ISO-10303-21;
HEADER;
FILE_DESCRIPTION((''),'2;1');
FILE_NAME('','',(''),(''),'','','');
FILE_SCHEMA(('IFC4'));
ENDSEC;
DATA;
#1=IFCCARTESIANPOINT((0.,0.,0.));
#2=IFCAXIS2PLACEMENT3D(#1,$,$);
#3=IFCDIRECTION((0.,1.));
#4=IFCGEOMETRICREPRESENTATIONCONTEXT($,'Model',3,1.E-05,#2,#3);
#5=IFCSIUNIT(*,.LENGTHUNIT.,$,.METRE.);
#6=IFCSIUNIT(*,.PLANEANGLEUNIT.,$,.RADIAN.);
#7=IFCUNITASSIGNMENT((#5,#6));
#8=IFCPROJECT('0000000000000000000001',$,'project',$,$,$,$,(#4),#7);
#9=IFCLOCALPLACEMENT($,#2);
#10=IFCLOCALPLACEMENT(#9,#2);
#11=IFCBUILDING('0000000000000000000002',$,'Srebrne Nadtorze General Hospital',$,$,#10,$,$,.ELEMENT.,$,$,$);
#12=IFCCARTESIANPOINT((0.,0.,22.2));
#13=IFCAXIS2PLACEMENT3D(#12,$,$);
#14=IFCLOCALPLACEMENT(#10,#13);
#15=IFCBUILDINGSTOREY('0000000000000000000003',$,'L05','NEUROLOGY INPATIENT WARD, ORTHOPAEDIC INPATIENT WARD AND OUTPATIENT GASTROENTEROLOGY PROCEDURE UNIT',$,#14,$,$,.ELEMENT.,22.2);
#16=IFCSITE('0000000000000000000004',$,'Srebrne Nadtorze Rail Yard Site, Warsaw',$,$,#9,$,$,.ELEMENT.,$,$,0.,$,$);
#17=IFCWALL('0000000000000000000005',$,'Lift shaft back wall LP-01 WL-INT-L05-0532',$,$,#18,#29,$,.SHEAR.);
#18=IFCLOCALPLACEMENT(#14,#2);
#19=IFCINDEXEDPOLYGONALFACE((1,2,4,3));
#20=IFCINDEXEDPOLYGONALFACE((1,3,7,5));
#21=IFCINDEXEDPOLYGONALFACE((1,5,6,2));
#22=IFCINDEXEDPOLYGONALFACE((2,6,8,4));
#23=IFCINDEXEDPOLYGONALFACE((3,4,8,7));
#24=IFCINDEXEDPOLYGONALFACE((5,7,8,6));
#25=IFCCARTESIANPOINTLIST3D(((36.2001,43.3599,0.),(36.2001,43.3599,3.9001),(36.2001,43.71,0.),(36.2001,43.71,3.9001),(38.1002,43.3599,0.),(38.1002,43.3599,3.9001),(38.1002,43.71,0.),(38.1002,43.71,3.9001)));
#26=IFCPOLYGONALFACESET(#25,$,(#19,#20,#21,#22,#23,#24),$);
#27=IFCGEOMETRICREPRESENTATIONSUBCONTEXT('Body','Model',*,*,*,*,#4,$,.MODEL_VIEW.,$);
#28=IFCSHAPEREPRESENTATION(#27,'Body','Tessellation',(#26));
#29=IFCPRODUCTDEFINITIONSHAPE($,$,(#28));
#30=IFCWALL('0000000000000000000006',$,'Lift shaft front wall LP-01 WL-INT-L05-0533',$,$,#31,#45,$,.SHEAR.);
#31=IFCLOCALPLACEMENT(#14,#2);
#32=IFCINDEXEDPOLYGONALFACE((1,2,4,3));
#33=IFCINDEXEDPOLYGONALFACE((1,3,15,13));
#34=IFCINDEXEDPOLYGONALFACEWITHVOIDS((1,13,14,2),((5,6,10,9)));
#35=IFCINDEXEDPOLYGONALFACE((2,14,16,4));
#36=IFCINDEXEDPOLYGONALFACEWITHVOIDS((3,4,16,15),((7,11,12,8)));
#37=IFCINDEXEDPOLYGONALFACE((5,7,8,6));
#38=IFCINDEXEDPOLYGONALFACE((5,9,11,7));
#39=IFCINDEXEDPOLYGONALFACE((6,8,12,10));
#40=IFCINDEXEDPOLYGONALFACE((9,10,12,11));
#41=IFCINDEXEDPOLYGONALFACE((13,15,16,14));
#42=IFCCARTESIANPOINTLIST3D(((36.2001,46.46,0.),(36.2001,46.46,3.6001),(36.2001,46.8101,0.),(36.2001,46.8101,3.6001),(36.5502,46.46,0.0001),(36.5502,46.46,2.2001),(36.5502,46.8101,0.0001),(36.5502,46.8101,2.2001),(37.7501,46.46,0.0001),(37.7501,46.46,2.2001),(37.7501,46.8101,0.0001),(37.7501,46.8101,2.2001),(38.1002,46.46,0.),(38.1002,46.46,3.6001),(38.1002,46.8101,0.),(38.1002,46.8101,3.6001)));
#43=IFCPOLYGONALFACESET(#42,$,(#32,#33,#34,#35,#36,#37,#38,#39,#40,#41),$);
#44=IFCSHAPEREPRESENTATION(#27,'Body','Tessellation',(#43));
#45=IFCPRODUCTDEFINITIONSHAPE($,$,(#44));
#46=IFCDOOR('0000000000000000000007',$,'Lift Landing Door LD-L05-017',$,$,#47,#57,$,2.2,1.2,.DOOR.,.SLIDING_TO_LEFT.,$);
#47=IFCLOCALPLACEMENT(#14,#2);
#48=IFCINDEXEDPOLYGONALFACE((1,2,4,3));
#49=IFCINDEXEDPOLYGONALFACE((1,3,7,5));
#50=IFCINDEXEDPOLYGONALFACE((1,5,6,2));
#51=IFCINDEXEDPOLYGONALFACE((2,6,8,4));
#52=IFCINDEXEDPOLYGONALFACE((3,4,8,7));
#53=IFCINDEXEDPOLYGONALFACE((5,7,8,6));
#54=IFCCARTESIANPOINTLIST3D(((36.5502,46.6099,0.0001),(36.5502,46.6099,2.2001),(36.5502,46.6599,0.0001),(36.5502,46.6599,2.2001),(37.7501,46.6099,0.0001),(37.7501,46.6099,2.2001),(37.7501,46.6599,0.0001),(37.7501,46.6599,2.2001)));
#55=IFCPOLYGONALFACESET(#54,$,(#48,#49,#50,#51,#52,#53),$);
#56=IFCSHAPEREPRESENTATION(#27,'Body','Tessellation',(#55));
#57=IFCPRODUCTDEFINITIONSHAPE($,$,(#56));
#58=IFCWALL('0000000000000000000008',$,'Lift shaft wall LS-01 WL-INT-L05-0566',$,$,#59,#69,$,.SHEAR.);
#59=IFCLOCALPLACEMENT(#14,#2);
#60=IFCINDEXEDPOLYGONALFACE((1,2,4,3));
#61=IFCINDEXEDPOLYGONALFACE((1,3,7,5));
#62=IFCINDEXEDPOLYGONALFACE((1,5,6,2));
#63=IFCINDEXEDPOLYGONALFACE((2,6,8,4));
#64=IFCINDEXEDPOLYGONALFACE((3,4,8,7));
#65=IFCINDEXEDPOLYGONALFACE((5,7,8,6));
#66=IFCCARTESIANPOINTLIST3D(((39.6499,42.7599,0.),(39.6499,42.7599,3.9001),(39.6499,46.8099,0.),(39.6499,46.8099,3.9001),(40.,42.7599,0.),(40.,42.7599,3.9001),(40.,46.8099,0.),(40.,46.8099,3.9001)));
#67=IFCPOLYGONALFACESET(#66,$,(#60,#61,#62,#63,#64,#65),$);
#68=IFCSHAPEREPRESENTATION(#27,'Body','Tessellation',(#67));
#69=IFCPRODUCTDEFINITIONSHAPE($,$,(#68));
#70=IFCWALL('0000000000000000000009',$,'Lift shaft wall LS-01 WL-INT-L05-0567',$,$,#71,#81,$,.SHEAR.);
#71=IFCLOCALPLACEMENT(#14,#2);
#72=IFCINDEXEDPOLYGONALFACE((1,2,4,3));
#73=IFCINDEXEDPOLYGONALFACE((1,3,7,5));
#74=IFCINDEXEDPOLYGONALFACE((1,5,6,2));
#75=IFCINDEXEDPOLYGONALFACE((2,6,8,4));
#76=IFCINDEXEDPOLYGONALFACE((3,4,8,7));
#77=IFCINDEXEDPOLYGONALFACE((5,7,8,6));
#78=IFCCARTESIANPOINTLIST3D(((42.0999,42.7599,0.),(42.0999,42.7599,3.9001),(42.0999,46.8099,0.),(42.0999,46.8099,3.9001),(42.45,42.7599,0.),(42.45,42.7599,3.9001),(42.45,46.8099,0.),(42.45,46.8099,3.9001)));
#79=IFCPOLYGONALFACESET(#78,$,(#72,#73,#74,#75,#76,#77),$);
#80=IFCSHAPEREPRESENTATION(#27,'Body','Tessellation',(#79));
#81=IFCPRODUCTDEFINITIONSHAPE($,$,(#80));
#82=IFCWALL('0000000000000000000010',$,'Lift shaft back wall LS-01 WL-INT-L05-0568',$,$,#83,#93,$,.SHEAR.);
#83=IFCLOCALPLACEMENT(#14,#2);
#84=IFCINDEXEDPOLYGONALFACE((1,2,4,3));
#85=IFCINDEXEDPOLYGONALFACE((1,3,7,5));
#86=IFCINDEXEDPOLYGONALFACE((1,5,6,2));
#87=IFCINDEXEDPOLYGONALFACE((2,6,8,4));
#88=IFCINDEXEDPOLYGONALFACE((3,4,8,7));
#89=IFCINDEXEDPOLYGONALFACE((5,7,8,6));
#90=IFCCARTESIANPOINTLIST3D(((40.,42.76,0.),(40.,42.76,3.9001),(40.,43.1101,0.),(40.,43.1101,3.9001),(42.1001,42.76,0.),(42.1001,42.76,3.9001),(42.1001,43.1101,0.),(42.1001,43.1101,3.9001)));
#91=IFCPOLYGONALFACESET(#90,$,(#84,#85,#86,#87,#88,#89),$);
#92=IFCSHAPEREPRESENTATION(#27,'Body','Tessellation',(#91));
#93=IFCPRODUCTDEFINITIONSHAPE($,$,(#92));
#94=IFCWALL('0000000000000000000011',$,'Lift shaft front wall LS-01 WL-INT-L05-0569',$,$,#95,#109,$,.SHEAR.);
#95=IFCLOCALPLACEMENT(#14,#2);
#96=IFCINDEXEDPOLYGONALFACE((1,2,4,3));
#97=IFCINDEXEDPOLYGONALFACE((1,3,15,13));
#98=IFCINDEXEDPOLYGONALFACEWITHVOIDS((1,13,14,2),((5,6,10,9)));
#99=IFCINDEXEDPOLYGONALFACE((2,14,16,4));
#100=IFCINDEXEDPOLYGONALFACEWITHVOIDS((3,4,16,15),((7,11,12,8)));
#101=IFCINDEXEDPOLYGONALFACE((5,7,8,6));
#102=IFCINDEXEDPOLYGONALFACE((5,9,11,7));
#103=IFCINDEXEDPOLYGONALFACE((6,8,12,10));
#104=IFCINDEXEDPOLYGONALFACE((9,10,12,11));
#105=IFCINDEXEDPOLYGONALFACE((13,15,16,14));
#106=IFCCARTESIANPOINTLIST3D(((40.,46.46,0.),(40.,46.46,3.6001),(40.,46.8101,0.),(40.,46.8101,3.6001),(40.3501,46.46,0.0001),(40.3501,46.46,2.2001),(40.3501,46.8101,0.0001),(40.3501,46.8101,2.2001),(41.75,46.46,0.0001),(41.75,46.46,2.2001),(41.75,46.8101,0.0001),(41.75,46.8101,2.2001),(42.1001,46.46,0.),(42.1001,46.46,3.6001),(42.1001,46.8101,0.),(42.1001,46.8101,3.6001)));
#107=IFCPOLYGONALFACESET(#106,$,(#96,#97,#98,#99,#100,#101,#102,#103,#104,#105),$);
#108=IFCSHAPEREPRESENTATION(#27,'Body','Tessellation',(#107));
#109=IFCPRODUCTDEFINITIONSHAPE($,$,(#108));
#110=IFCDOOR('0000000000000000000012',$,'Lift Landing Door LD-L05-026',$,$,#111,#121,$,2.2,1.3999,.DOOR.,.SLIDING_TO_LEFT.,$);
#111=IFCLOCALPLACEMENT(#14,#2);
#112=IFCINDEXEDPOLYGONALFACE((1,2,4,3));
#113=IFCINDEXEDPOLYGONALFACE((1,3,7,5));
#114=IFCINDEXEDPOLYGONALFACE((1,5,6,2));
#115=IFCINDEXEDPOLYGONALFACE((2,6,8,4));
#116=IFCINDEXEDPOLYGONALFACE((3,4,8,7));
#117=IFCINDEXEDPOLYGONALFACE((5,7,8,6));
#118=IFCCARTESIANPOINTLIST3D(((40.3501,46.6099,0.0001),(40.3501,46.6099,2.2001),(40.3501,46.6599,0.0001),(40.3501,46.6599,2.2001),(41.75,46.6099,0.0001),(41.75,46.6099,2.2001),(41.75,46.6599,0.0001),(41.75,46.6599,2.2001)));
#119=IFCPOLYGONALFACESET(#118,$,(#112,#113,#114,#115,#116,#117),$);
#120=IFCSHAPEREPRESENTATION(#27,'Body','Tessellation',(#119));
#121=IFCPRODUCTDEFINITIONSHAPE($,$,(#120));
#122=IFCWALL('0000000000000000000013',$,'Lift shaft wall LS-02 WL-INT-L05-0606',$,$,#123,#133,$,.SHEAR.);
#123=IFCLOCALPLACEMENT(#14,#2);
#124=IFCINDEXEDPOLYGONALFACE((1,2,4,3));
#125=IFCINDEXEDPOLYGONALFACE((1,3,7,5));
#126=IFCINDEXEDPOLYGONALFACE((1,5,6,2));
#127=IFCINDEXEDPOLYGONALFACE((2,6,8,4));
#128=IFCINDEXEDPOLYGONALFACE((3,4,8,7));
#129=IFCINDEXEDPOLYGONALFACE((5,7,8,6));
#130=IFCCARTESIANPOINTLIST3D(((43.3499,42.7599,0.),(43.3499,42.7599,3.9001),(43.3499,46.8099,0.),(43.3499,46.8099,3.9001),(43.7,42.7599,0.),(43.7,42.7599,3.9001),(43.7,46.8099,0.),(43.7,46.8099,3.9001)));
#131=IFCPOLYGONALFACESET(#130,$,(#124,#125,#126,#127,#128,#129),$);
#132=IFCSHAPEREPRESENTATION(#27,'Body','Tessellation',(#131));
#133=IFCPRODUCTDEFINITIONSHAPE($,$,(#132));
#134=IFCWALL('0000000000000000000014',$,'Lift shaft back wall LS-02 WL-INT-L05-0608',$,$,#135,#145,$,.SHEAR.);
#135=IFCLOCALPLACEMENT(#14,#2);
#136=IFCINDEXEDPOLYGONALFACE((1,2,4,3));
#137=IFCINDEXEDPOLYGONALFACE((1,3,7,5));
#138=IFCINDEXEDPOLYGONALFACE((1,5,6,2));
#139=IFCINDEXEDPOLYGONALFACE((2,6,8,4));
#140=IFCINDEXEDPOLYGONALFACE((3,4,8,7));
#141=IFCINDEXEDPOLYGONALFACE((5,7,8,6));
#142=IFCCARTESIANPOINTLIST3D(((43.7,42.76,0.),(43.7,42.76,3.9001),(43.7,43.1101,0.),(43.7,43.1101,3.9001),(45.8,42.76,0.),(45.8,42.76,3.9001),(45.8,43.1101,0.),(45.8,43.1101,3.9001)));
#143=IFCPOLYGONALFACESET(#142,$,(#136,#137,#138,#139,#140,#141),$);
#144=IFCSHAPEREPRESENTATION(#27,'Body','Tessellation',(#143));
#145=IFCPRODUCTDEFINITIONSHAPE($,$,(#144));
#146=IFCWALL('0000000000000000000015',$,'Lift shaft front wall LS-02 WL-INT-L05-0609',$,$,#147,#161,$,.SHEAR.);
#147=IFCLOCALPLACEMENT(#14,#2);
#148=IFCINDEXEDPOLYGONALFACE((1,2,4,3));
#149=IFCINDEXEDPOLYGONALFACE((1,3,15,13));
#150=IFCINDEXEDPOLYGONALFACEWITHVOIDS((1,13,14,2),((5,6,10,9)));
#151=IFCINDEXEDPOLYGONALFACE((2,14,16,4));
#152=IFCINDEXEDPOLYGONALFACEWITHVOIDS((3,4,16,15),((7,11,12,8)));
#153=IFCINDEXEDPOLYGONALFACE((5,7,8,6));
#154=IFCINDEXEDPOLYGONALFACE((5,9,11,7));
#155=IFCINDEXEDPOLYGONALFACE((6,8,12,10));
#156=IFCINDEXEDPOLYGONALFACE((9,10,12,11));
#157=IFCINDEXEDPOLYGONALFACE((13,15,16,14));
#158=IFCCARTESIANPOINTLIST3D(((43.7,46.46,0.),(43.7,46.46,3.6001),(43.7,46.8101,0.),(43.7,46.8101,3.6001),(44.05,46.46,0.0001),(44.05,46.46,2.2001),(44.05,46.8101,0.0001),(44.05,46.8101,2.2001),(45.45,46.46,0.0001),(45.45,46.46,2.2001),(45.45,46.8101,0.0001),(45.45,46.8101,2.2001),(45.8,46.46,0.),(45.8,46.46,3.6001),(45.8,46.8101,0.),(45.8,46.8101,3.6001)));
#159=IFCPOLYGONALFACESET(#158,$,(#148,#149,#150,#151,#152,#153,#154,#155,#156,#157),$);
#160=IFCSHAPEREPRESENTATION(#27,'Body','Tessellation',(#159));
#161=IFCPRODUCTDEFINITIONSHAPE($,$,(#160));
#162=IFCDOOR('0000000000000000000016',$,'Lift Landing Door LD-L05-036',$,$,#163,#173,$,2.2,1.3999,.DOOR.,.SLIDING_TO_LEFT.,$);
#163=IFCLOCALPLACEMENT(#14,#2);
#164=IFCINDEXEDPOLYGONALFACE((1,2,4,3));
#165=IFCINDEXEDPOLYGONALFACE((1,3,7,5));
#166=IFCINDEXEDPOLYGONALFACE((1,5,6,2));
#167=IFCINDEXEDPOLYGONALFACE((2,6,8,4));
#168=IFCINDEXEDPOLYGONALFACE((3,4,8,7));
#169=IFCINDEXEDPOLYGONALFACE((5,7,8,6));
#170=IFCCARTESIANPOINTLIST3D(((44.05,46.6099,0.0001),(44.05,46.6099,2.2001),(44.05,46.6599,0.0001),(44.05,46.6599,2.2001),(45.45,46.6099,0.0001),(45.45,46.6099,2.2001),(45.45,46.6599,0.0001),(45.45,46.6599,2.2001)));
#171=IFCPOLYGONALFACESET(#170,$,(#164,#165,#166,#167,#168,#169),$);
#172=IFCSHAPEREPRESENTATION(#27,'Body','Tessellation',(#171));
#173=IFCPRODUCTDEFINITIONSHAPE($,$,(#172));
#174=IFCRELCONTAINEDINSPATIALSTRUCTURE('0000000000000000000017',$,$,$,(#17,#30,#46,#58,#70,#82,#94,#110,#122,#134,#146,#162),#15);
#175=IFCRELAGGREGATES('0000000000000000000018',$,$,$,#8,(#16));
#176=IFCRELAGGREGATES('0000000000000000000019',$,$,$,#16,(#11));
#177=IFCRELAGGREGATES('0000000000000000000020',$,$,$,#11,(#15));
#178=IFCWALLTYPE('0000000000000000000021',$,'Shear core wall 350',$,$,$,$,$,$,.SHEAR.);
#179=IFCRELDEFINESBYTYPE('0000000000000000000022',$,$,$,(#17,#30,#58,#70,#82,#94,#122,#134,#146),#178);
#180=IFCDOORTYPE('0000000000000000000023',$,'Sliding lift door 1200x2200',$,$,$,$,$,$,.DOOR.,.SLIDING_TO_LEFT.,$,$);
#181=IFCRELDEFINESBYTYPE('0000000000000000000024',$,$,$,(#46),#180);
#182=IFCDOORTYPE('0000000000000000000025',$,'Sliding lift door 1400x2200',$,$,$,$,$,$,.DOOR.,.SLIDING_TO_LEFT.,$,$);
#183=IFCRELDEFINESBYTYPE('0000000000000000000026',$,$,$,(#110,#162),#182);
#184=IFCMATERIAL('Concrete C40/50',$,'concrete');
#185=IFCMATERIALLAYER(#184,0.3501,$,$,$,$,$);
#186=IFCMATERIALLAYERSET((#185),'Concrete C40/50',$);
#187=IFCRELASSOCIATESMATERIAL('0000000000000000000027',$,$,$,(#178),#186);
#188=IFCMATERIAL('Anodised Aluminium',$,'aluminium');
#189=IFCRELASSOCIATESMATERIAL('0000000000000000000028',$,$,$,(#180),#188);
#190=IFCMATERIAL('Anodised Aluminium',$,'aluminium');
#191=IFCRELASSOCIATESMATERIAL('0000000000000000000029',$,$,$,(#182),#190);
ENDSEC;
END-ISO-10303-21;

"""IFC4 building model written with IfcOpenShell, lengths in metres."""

from ifc_helpers import new_model, si_unit, direction, frame, frame_2d, origin, place, context, subcontext, project, spatial, rectangle, extrude, material, layer, layer_set, type_object, element, fill, save


model = new_model("IFC4")

# Units and contexts
model_context = context("Model", 3, precision=1e-05, world=origin(), true_north=direction((0.0, 1.0)))
body_context = subcontext(model_context, "Body", "Model", "MODEL_VIEW")
ifc_project = project(units=[si_unit("LENGTHUNIT", "METRE"), si_unit("PLANEANGLEUNIT", "RADIAN")], contexts=[model_context])

# Site, building, storey
site_placement = place(None, origin())
site = spatial("IfcSite", under=ifc_project, at=site_placement, Name="Srebrne Nadtorze Rail Yard Site, Warsaw", CompositionType="ELEMENT", RefElevation=0.0)
building_placement = place(site_placement, origin())
building = spatial("IfcBuilding", under=site, at=building_placement, Name="Srebrne Nadtorze General Hospital", CompositionType="ELEMENT")
storey_placement = place(building_placement, frame((0.0, 0.0, 22.2)))
storey = spatial("IfcBuildingStorey", under=building, at=storey_placement, Name="L05", Description="NEUROLOGY INPATIENT WARD, ORTHOPAEDIC INPATIENT WARD AND OUTPATIENT GASTROENTEROLOGY PROCEDURE UNIT", CompositionType="ELEMENT", Elevation=22.2)

# Wall
ifc_material_1 = material(Name="Concrete C40/50", Category="concrete")
ifc_layer_1 = layer(ifc_material_1, 0.3501)
ifc_layer_set_1 = layer_set([ifc_layer_1], Name="Concrete C40/50")
wall_type_1 = type_object("IfcWallType", Name="Shear core wall 350", PredefinedType="SHEAR", material=ifc_layer_set_1)
wall_1_placement = place(storey_placement, frame((36.2, 43.5349, 0.0), z_axis=(0.0, 0.0, 1.0), x_axis=(1.0, 0.0, 0.0)))
element("IfcWall", 1, at=wall_1_placement, inside=storey, type_object=wall_type_1, Name="Lift shaft back wall LP-01 WL-INT-L05-0532", PredefinedType="SHEAR", context=body_context, shape_type="SweptSolid", body=[
    extrude(rectangle(XDim=1.9001, YDim=0.3501, at=frame_2d((0.9502, 0.0))), origin(), (0.0, 0.0, 1.0), 3.9001),
])

# Wall, opening, door
wall_2_placement = place(storey_placement, frame((36.2, 46.635, 0.0), z_axis=(0.0, 0.0, 1.0), x_axis=(1.0, 0.0, 0.0)))
wall_2 = element("IfcWall", 2, at=wall_2_placement, inside=storey, type_object=wall_type_1, Name="Lift shaft front wall LP-01 WL-INT-L05-0533", PredefinedType="SHEAR", context=body_context, shape_type="SweptSolid", body=[
    extrude(rectangle(XDim=1.9001, YDim=0.3501, at=frame_2d((0.9502, 0.0))), origin(), (0.0, 0.0, 1.0), 3.6001),
])
opening_1_placement = place(wall_2_placement, frame((0.3501, 0.0, 0.0)))
opening_1 = element("IfcOpeningElement", 3, at=opening_1_placement, cuts=wall_2, PredefinedType="OPENING", context=body_context, shape_type="SweptSolid", body=[
    extrude(rectangle(XDim=1.2, YDim=2.2, at=frame_2d((0.6001, 1.1001))), frame((0.0, 0.187, 0.0), z_axis=(0.0, -1.0, 0.0), x_axis=(1.0, 0.0, 0.0)), (0.0, 0.0, 1.0), 0.374),
])
ifc_material_2 = material(Name="Anodised Aluminium", Category="aluminium")
door_type_1 = type_object("IfcDoorType", Name="Sliding lift door 1200x2200", OperationType="SLIDING_TO_LEFT", PredefinedType="DOOR", material=ifc_material_2)
door_1_placement = place(opening_1_placement, origin())
door_1 = element("IfcDoor", 4, at=door_1_placement, inside=storey, type_object=door_type_1, Name="Lift Landing Door LD-L05-017", OperationType="SLIDING_TO_LEFT", OverallHeight=2.2, OverallWidth=1.2, PredefinedType="DOOR", context=body_context, shape_type="SweptSolid", body=[
    extrude(rectangle(XDim=1.2, YDim=2.2, at=frame_2d((0.6001, 1.1001))), frame((0.0, 0.0249, 0.0), z_axis=(0.0, -1.0, 0.0), x_axis=(1.0, 0.0, 0.0)), (0.0, 0.0, 1.0), 0.05),
])
fill(opening_1, door_1)

# Walls
for number, where, z_axis, x_axis, name in (
    (5, (39.825, 42.76, 0.0), (0.0, 0.0, 1.0), (0.0, 1.0, 0.0), "Lift shaft wall LS-01 WL-INT-L05-0566"),
    (6, (42.2749, 42.76, 0.0), (0.0, 0.0, 1.0), (0.0, 1.0, 0.0), "Lift shaft wall LS-01 WL-INT-L05-0567"),
):
    element("IfcWall", number, at=place(storey_placement, frame(where, z_axis=z_axis, x_axis=x_axis)), inside=storey, type_object=wall_type_1, Name=name, PredefinedType="SHEAR", context=body_context, shape_type="SweptSolid", body=[
        extrude(rectangle(XDim=4.05, YDim=0.3501, at=frame_2d((2.0249, 0.0))), origin(), (0.0, 0.0, 1.0), 3.9001),
    ])
wall_3_placement = place(storey_placement, frame((40.0, 42.9351, 0.0), z_axis=(0.0, 0.0, 1.0), x_axis=(1.0, 0.0, 0.0)))
element("IfcWall", 7, at=wall_3_placement, inside=storey, type_object=wall_type_1, Name="Lift shaft back wall LS-01 WL-INT-L05-0568", PredefinedType="SHEAR", context=body_context, shape_type="SweptSolid", body=[
    extrude(rectangle(XDim=2.1001, YDim=0.3501, at=frame_2d((1.05, 0.0))), origin(), (0.0, 0.0, 1.0), 3.9001),
])

# Wall, opening, door
wall_4_placement = place(storey_placement, frame((40.0, 46.635, 0.0), z_axis=(0.0, 0.0, 1.0), x_axis=(1.0, 0.0, 0.0)))
wall_4 = element("IfcWall", 8, at=wall_4_placement, inside=storey, type_object=wall_type_1, Name="Lift shaft front wall LS-01 WL-INT-L05-0569", PredefinedType="SHEAR", context=body_context, shape_type="SweptSolid", body=[
    extrude(rectangle(XDim=2.1001, YDim=0.3501, at=frame_2d((1.05, 0.0))), origin(), (0.0, 0.0, 1.0), 3.6001),
])
opening_2_placement = place(wall_4_placement, frame((0.3501, 0.0, 0.0)))
opening_2 = element("IfcOpeningElement", 9, at=opening_2_placement, cuts=wall_4, PredefinedType="OPENING", context=body_context, shape_type="SweptSolid", body=[
    extrude(rectangle(XDim=1.3999, YDim=2.2, at=frame_2d((0.7, 1.1001))), frame((0.0, 0.187, 0.0), z_axis=(0.0, -1.0, 0.0), x_axis=(1.0, 0.0, 0.0)), (0.0, 0.0, 1.0), 0.374),
])
ifc_material_3 = material(Name="Anodised Aluminium", Category="aluminium")
door_type_2 = type_object("IfcDoorType", Name="Sliding lift door 1400x2200", OperationType="SLIDING_TO_LEFT", PredefinedType="DOOR", material=ifc_material_3)
door_2_placement = place(opening_2_placement, origin())
door_2 = element("IfcDoor", 10, at=door_2_placement, inside=storey, type_object=door_type_2, Name="Lift Landing Door LD-L05-026", OperationType="SLIDING_TO_LEFT", OverallHeight=2.2, OverallWidth=1.3999, PredefinedType="DOOR", context=body_context, shape_type="SweptSolid", body=[
    extrude(rectangle(XDim=1.3999, YDim=2.2, at=frame_2d((0.7, 1.1001))), frame((0.0, 0.0249, 0.0), z_axis=(0.0, -1.0, 0.0), x_axis=(1.0, 0.0, 0.0)), (0.0, 0.0, 1.0), 0.05),
])
fill(opening_2, door_2)

# Walls
wall_5_placement = place(storey_placement, frame((43.5249, 42.76, 0.0), z_axis=(0.0, 0.0, 1.0), x_axis=(0.0, 1.0, 0.0)))
element("IfcWall", 11, at=wall_5_placement, inside=storey, type_object=wall_type_1, Name="Lift shaft wall LS-02 WL-INT-L05-0606", PredefinedType="SHEAR", context=body_context, shape_type="SweptSolid", body=[
    extrude(rectangle(XDim=4.05, YDim=0.3501, at=frame_2d((2.0249, 0.0))), origin(), (0.0, 0.0, 1.0), 3.9001),
])
wall_6_placement = place(storey_placement, frame((43.7, 42.9351, 0.0), z_axis=(0.0, 0.0, 1.0), x_axis=(1.0, 0.0, 0.0)))
element("IfcWall", 12, at=wall_6_placement, inside=storey, type_object=wall_type_1, Name="Lift shaft back wall LS-02 WL-INT-L05-0608", PredefinedType="SHEAR", context=body_context, shape_type="SweptSolid", body=[
    extrude(rectangle(XDim=2.1001, YDim=0.3501, at=frame_2d((1.05, 0.0))), origin(), (0.0, 0.0, 1.0), 3.9001),
])

# Wall, opening, door
wall_7_placement = place(storey_placement, frame((43.7, 46.635, 0.0), z_axis=(0.0, 0.0, 1.0), x_axis=(1.0, 0.0, 0.0)))
wall_7 = element("IfcWall", 13, at=wall_7_placement, inside=storey, type_object=wall_type_1, Name="Lift shaft front wall LS-02 WL-INT-L05-0609", PredefinedType="SHEAR", context=body_context, shape_type="SweptSolid", body=[
    extrude(rectangle(XDim=2.1001, YDim=0.3501, at=frame_2d((1.05, 0.0))), origin(), (0.0, 0.0, 1.0), 3.6001),
])
opening_3_placement = place(wall_7_placement, frame((0.3501, 0.0, 0.0)))
opening_3 = element("IfcOpeningElement", 14, at=opening_3_placement, cuts=wall_7, PredefinedType="OPENING", context=body_context, shape_type="SweptSolid", body=[
    extrude(rectangle(XDim=1.3999, YDim=2.2, at=frame_2d((0.7, 1.1001))), frame((0.0, 0.187, 0.0), z_axis=(0.0, -1.0, 0.0), x_axis=(1.0, 0.0, 0.0)), (0.0, 0.0, 1.0), 0.374),
])
door_3_placement = place(opening_3_placement, origin())
door_3 = element("IfcDoor", 15, at=door_3_placement, inside=storey, type_object=door_type_2, Name="Lift Landing Door LD-L05-036", OperationType="SLIDING_TO_LEFT", OverallHeight=2.2, OverallWidth=1.3999, PredefinedType="DOOR", context=body_context, shape_type="SweptSolid", body=[
    extrude(rectangle(XDim=1.3999, YDim=2.2, at=frame_2d((0.7, 1.1001))), frame((0.0, 0.0249, 0.0), z_axis=(0.0, -1.0, 0.0), x_axis=(1.0, 0.0, 0.0)), (0.0, 0.0, 1.0), 0.05),
])
fill(opening_3, door_3)

save(model, "model.ifc")
